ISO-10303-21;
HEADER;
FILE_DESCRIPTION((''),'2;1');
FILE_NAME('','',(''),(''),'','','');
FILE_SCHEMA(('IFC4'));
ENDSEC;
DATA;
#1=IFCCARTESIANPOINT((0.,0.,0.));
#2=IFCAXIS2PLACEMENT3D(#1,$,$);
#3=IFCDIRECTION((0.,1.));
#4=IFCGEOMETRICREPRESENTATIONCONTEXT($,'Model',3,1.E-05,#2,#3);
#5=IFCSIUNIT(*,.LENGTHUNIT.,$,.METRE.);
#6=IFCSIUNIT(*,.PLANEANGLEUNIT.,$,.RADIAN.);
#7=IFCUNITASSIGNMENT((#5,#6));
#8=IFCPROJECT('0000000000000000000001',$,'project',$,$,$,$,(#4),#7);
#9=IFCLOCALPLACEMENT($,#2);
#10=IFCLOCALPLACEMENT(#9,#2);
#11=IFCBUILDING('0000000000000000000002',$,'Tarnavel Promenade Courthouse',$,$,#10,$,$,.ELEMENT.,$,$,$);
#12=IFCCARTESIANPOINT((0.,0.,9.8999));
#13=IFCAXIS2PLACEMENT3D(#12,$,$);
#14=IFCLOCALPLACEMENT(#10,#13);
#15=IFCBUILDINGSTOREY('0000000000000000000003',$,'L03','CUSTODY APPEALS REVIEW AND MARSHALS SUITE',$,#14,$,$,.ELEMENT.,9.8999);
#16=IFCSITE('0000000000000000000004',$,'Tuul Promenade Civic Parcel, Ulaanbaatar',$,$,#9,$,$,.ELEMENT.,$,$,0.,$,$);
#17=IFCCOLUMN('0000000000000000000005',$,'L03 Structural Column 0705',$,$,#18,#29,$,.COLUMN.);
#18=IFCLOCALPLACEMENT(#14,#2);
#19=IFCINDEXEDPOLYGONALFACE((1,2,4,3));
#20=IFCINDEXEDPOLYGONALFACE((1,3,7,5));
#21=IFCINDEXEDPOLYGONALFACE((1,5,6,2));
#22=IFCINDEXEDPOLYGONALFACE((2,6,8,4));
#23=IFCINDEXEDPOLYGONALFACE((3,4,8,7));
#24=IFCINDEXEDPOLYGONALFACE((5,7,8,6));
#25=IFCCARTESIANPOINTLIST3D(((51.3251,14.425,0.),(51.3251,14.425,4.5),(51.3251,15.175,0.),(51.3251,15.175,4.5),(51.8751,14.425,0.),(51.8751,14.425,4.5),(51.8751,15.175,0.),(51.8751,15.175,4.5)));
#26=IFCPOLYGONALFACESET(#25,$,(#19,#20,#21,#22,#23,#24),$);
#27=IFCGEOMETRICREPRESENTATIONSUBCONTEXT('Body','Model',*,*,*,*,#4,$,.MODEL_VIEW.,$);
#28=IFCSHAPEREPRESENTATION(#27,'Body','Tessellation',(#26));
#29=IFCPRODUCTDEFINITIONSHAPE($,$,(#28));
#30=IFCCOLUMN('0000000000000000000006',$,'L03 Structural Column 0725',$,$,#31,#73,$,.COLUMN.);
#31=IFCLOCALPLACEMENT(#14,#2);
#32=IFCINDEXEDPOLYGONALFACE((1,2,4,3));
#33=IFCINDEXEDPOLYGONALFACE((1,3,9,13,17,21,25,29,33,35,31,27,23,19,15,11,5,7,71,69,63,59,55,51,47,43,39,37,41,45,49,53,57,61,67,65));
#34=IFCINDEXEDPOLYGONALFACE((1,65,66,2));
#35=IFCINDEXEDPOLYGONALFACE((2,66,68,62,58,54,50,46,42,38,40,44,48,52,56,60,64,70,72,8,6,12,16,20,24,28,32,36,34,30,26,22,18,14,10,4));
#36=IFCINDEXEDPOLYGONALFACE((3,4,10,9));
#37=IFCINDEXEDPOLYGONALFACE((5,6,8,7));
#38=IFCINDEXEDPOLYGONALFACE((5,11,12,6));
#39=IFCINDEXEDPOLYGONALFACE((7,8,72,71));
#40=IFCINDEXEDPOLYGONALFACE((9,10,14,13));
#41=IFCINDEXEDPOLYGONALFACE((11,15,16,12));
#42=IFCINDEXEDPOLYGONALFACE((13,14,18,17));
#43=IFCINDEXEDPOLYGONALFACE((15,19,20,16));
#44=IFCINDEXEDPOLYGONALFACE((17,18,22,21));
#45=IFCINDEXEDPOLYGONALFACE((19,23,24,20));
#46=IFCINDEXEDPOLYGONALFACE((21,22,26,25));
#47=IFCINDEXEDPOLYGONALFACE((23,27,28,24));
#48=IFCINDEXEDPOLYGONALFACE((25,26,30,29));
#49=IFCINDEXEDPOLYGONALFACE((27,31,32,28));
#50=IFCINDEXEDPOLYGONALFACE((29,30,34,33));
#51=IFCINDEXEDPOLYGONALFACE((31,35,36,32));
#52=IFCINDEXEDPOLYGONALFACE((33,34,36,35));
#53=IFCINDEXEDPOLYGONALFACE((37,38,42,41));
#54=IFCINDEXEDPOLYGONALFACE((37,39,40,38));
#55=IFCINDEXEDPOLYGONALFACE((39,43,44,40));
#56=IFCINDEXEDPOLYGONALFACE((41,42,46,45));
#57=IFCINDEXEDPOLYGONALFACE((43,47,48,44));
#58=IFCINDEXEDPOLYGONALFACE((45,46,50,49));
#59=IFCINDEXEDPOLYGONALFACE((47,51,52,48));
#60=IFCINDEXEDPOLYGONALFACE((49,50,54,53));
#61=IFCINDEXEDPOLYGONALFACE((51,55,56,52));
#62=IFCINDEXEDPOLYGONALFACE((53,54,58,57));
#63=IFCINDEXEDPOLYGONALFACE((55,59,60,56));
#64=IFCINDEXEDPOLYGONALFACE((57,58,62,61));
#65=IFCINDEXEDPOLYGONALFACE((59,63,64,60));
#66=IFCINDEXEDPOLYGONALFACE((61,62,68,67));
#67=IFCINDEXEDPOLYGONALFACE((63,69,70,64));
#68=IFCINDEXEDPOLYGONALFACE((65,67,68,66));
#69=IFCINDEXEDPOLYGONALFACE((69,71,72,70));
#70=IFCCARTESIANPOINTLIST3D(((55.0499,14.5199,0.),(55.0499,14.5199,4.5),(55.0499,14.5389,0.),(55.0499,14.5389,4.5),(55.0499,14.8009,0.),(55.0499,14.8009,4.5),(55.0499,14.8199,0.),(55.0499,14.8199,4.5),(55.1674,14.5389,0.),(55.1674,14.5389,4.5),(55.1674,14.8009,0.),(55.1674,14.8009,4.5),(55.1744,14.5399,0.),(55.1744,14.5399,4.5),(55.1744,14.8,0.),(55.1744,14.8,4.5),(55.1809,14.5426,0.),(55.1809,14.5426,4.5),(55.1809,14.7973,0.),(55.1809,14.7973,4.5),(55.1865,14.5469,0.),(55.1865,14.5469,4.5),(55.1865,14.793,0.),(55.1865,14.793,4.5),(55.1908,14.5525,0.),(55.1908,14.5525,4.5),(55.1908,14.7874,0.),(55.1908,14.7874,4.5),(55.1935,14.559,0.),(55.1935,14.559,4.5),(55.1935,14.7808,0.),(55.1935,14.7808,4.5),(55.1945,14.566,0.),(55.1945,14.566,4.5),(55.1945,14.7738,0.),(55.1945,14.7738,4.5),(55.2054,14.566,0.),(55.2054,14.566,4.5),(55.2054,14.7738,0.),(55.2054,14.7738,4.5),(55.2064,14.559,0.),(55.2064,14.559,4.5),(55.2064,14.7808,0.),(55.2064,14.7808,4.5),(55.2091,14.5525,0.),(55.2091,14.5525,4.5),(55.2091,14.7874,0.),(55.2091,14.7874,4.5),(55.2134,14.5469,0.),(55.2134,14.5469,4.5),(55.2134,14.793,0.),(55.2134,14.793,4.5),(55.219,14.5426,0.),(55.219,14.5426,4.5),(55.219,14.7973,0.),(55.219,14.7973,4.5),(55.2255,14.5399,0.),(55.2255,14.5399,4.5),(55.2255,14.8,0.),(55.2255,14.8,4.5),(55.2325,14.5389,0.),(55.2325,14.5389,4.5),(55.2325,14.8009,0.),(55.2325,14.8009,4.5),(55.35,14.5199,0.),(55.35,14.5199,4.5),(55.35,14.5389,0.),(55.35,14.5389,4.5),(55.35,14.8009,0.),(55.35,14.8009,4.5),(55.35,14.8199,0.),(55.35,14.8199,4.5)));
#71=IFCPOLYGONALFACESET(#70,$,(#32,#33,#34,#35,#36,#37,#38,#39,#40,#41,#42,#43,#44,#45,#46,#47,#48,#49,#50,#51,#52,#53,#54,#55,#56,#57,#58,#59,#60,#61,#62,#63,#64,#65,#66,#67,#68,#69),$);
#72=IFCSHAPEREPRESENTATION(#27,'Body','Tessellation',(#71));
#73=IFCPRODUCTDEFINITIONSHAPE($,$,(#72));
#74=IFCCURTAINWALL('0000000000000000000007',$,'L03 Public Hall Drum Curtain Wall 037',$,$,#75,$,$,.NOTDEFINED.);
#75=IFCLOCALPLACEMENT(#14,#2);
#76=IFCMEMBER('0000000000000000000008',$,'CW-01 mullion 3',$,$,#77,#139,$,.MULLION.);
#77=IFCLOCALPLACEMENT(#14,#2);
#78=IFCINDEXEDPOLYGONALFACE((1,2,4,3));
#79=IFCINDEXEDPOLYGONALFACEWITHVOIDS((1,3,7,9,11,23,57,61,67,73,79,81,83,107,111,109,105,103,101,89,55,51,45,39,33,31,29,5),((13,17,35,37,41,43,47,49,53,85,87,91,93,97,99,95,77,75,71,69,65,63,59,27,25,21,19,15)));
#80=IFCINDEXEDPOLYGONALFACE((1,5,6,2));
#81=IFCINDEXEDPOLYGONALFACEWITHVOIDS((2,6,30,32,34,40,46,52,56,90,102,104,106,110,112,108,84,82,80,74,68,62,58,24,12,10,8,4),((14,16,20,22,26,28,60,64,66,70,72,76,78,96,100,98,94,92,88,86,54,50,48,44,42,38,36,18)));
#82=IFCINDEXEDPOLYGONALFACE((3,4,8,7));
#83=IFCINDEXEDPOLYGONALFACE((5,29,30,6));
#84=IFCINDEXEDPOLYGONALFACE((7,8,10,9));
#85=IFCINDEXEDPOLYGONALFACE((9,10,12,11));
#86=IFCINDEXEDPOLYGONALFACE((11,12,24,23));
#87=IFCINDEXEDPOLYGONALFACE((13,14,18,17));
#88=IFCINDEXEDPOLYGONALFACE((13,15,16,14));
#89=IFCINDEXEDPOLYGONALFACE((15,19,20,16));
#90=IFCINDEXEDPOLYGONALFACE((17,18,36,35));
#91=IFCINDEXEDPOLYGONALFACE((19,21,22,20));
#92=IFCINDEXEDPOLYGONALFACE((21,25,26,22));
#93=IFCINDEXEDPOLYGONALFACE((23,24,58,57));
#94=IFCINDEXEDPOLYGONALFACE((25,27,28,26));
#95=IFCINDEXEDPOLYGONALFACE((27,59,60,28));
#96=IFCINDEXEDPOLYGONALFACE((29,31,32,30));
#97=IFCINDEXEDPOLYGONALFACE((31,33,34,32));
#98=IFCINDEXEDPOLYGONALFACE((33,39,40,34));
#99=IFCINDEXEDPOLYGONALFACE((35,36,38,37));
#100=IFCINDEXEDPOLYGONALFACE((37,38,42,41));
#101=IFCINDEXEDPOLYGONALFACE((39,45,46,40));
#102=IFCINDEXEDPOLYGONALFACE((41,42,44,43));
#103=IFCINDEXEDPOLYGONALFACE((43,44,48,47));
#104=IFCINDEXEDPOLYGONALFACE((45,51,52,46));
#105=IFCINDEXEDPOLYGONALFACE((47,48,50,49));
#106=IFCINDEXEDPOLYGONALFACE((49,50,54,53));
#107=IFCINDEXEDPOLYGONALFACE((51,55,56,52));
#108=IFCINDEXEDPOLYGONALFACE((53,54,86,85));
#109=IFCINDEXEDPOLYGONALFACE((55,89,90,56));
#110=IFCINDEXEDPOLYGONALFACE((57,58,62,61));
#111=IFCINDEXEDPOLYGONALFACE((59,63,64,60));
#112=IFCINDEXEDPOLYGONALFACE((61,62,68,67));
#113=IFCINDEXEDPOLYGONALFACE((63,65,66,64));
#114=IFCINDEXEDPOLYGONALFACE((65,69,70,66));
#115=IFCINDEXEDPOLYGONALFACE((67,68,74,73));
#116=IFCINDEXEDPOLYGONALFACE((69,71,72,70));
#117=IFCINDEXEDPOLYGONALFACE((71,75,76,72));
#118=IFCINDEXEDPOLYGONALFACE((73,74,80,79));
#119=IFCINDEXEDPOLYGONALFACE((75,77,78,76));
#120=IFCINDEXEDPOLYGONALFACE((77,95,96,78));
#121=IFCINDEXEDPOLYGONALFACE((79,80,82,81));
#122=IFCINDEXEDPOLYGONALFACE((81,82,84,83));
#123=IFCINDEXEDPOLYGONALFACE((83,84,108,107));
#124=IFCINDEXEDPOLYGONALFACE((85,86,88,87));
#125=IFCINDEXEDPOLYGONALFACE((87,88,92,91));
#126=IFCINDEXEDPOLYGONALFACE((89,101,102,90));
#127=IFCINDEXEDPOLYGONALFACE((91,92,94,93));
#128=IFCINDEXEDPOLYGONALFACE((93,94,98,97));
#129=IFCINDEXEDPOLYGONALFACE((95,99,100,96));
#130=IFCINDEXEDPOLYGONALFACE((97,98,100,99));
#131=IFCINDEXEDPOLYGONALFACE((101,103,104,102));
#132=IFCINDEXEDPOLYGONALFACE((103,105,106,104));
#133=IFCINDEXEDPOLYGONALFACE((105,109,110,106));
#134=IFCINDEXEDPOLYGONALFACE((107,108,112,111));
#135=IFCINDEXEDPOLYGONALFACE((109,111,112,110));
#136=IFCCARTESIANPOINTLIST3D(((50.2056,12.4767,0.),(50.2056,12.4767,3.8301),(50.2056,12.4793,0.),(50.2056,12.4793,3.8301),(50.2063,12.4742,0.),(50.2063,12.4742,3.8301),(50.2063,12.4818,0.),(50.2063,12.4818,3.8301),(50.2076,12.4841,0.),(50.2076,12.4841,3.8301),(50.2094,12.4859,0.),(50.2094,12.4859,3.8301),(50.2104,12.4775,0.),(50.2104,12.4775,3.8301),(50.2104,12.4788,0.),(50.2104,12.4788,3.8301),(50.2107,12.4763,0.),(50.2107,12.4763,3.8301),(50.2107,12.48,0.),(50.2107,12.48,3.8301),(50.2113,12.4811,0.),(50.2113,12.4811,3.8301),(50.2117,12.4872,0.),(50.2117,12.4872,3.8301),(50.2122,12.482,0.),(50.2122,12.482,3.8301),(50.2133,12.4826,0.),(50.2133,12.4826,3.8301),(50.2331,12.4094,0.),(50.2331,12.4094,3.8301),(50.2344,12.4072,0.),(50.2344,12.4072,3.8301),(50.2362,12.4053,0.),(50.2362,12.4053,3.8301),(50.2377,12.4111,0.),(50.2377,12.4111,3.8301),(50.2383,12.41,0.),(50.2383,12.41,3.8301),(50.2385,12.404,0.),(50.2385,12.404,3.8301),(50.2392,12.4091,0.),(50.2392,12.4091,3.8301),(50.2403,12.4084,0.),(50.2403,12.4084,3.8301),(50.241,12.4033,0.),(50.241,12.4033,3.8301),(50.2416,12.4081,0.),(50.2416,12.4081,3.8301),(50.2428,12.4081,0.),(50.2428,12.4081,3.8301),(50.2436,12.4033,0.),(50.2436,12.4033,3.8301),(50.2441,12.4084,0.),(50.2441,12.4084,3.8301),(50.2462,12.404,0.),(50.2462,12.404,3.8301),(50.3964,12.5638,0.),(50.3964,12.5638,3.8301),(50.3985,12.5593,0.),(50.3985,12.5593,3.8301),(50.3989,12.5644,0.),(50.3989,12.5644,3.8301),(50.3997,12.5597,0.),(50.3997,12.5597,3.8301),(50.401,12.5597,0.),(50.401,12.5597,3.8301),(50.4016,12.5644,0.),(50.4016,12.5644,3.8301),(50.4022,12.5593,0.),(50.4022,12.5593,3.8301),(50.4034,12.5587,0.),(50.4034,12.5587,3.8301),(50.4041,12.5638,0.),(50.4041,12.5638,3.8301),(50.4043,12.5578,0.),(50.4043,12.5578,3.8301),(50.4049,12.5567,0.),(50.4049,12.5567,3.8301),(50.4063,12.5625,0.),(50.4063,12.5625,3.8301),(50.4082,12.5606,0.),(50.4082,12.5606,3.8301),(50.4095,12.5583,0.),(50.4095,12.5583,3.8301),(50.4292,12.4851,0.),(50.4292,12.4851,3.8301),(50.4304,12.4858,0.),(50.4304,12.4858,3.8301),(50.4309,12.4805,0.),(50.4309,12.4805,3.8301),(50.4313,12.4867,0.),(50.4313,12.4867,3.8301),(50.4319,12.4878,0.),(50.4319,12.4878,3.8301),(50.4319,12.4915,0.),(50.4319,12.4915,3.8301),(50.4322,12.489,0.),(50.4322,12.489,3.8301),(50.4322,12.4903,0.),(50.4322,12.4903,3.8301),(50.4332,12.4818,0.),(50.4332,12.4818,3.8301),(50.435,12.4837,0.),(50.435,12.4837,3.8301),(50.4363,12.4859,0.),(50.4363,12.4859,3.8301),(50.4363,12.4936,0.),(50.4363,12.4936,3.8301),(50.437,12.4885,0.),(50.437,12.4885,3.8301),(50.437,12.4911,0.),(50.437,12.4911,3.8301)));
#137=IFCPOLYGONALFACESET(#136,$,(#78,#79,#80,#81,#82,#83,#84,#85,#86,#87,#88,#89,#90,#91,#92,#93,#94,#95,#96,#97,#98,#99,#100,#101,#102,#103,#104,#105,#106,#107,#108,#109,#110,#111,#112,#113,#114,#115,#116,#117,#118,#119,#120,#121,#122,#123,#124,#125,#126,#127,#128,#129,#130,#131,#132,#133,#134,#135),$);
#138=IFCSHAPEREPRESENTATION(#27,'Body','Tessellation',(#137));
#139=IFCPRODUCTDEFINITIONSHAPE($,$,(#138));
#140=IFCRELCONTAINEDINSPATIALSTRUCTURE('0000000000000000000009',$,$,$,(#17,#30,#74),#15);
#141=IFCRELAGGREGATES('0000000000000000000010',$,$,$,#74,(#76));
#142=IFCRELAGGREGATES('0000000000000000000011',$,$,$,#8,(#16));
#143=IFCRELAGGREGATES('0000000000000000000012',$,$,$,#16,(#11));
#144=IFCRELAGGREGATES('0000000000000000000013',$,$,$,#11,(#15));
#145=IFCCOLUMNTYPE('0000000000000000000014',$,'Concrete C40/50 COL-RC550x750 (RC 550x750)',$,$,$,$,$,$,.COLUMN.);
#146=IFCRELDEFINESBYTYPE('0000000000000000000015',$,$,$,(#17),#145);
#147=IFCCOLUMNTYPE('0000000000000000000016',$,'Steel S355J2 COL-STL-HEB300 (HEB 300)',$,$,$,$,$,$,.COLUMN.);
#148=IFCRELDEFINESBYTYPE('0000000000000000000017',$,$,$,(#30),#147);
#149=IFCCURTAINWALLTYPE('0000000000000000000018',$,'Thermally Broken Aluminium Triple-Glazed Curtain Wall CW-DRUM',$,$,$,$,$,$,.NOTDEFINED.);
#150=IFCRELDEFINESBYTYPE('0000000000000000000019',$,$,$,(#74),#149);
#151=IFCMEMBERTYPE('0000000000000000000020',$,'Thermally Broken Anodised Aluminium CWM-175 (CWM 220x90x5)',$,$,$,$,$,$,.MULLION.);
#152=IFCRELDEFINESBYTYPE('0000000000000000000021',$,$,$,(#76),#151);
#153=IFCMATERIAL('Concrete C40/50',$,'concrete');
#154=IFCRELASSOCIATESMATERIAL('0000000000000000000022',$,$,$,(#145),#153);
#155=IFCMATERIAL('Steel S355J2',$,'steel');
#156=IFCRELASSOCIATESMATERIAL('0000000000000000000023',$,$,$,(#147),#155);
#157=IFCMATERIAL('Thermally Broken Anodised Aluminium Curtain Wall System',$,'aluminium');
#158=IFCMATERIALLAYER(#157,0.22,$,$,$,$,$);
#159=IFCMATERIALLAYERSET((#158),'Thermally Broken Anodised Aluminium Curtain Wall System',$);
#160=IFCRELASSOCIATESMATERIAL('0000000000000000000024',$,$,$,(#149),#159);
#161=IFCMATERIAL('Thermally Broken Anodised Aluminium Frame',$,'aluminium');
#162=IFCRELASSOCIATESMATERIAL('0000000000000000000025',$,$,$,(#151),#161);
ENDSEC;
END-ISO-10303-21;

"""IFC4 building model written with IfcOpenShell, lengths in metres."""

from ifc_helpers import new_model, si_unit, direction, frame, origin, origin_2d, place, context, subcontext, project, spatial, rectangle, hollow_rectangle, i_section, extrude, material, layer, layer_set, material_profile, profile_set, type_object, element, aggregate, save


model = new_model("IFC4")

# Units and contexts
model_context = context("Model", 3, precision=1e-05, world=origin(), true_north=direction((0.0, 1.0)))
body_context = subcontext(model_context, "Body", "Model", "MODEL_VIEW")
ifc_project = project(units=[si_unit("LENGTHUNIT", "METRE"), si_unit("PLANEANGLEUNIT", "RADIAN")], contexts=[model_context])

# Site, building, storey
site_placement = place(None, origin())
site = spatial("IfcSite", under=ifc_project, at=site_placement, Name="Tuul Promenade Civic Parcel, Ulaanbaatar", CompositionType="ELEMENT", RefElevation=0.0)
building_placement = place(site_placement, origin())
building = spatial("IfcBuilding", under=site, at=building_placement, Name="Tarnavel Promenade Courthouse", CompositionType="ELEMENT")
storey_placement = place(building_placement, frame((0.0, 0.0, 9.8999)))
storey = spatial("IfcBuildingStorey", under=building, at=storey_placement, Name="L03", Description="CUSTODY APPEALS REVIEW AND MARSHALS SUITE", CompositionType="ELEMENT", Elevation=9.8999)

# Columns
ifc_material_1 = material(Name="Concrete C40/50", Category="concrete")
ifc_material_profile_1 = material_profile(ifc_material_1, rectangle(XDim=0.55, YDim=0.75, at=origin_2d()), Name="RC 550x750")
ifc_profile_set_1 = profile_set([ifc_material_profile_1], Name="Concrete C40/50")
column_type_1 = type_object("IfcColumnType", Name="Concrete C40/50 COL-RC550x750 (RC 550x750)", PredefinedType="COLUMN", material=ifc_profile_set_1)
column_1_placement = place(storey_placement, frame((51.6001, 14.8, 0.0), z_axis=(0.0, 0.0, 1.0), x_axis=(1.0, 0.0, 0.0)))
element("IfcColumn", 1, at=column_1_placement, inside=storey, type_object=column_type_1, Name="L03 Structural Column 0705", PredefinedType="COLUMN", context=body_context, shape_type="SweptSolid", body=[
    extrude(rectangle(XDim=0.55, YDim=0.75, at=origin_2d()), origin(), (0.0, 0.0, 1.0), 4.5),
])
ifc_material_2 = material(Name="Steel S355J2", Category="steel")
ifc_material_profile_2 = material_profile(ifc_material_2, i_section(OverallWidth=0.3, OverallDepth=0.3, WebThickness=0.011, FlangeThickness=0.019, FilletRadius=0.0271, at=origin_2d()), Name="HEB 300")
ifc_profile_set_2 = profile_set([ifc_material_profile_2], Name="Steel S355J2")
column_type_2 = type_object("IfcColumnType", Name="Steel S355J2 COL-STL-HEB300 (HEB 300)", PredefinedType="COLUMN", material=ifc_profile_set_2)
column_2_placement = place(storey_placement, frame((55.2, 14.6699, 0.0), z_axis=(0.0, 0.0, 1.0), x_axis=(1.0, 0.0, 0.0)))
element("IfcColumn", 2, at=column_2_placement, inside=storey, type_object=column_type_2, Name="L03 Structural Column 0725", PredefinedType="COLUMN", context=body_context, shape_type="SweptSolid", body=[
    extrude(i_section(OverallWidth=0.3, OverallDepth=0.3, WebThickness=0.011, FlangeThickness=0.019, FilletRadius=0.0271, at=origin_2d()), origin(), (0.0, 0.0, 1.0), 4.5),
])

# Curtain wall, member
ifc_material_3 = material(Name="Thermally Broken Anodised Aluminium Curtain Wall System", Category="aluminium")
ifc_layer_1 = layer(ifc_material_3, 0.22)
ifc_layer_set_1 = layer_set([ifc_layer_1], Name="Thermally Broken Anodised Aluminium Curtain Wall System")
curtain_wall_type = type_object("IfcCurtainWallType", Name="Thermally Broken Aluminium Triple-Glazed Curtain Wall CW-DRUM", PredefinedType="NOTDEFINED", material=ifc_layer_set_1)
curtain_wall_1_placement = place(storey_placement, origin())
curtain_wall_1 = element("IfcCurtainWall", 3, at=curtain_wall_1_placement, inside=storey, type_object=curtain_wall_type, Name="L03 Public Hall Drum Curtain Wall 037", PredefinedType="NOTDEFINED")
ifc_material_4 = material(Name="Thermally Broken Anodised Aluminium Frame", Category="aluminium")
ifc_material_profile_3 = material_profile(ifc_material_4, hollow_rectangle(XDim=0.0901, YDim=0.22, WallThickness=0.0049, InnerFilletRadius=0.0049, OuterFilletRadius=0.01, at=origin_2d()), Name="CWM 220x90x5")
ifc_profile_set_3 = profile_set([ifc_material_profile_3], Name="Thermally Broken Anodised Aluminium Frame")
member_type_1 = type_object("IfcMemberType", Name="Thermally Broken Anodised Aluminium CWM-175 (CWM 220x90x5)", PredefinedType="MULLION", material=ifc_profile_set_3)
member_1_placement = place(storey_placement, frame((50.3213, 12.4839, 0.0), z_axis=(0.0, 0.0, 1.0), x_axis=(-0.382685, 0.923879, 0.0)))
member_1 = element("IfcMember", 4, at=member_1_placement, type_object=member_type_1, Name="CW-01 mullion 3", PredefinedType="MULLION", context=body_context, shape_type="SweptSolid", body=[
    extrude(hollow_rectangle(XDim=0.0901, YDim=0.22, WallThickness=0.0049, InnerFilletRadius=0.0049, OuterFilletRadius=0.01, at=origin_2d()), origin(), (0.0, 0.0, 1.0), 3.8301),
])

aggregate(curtain_wall_1, [member_1])

save(model, "model.ifc")
